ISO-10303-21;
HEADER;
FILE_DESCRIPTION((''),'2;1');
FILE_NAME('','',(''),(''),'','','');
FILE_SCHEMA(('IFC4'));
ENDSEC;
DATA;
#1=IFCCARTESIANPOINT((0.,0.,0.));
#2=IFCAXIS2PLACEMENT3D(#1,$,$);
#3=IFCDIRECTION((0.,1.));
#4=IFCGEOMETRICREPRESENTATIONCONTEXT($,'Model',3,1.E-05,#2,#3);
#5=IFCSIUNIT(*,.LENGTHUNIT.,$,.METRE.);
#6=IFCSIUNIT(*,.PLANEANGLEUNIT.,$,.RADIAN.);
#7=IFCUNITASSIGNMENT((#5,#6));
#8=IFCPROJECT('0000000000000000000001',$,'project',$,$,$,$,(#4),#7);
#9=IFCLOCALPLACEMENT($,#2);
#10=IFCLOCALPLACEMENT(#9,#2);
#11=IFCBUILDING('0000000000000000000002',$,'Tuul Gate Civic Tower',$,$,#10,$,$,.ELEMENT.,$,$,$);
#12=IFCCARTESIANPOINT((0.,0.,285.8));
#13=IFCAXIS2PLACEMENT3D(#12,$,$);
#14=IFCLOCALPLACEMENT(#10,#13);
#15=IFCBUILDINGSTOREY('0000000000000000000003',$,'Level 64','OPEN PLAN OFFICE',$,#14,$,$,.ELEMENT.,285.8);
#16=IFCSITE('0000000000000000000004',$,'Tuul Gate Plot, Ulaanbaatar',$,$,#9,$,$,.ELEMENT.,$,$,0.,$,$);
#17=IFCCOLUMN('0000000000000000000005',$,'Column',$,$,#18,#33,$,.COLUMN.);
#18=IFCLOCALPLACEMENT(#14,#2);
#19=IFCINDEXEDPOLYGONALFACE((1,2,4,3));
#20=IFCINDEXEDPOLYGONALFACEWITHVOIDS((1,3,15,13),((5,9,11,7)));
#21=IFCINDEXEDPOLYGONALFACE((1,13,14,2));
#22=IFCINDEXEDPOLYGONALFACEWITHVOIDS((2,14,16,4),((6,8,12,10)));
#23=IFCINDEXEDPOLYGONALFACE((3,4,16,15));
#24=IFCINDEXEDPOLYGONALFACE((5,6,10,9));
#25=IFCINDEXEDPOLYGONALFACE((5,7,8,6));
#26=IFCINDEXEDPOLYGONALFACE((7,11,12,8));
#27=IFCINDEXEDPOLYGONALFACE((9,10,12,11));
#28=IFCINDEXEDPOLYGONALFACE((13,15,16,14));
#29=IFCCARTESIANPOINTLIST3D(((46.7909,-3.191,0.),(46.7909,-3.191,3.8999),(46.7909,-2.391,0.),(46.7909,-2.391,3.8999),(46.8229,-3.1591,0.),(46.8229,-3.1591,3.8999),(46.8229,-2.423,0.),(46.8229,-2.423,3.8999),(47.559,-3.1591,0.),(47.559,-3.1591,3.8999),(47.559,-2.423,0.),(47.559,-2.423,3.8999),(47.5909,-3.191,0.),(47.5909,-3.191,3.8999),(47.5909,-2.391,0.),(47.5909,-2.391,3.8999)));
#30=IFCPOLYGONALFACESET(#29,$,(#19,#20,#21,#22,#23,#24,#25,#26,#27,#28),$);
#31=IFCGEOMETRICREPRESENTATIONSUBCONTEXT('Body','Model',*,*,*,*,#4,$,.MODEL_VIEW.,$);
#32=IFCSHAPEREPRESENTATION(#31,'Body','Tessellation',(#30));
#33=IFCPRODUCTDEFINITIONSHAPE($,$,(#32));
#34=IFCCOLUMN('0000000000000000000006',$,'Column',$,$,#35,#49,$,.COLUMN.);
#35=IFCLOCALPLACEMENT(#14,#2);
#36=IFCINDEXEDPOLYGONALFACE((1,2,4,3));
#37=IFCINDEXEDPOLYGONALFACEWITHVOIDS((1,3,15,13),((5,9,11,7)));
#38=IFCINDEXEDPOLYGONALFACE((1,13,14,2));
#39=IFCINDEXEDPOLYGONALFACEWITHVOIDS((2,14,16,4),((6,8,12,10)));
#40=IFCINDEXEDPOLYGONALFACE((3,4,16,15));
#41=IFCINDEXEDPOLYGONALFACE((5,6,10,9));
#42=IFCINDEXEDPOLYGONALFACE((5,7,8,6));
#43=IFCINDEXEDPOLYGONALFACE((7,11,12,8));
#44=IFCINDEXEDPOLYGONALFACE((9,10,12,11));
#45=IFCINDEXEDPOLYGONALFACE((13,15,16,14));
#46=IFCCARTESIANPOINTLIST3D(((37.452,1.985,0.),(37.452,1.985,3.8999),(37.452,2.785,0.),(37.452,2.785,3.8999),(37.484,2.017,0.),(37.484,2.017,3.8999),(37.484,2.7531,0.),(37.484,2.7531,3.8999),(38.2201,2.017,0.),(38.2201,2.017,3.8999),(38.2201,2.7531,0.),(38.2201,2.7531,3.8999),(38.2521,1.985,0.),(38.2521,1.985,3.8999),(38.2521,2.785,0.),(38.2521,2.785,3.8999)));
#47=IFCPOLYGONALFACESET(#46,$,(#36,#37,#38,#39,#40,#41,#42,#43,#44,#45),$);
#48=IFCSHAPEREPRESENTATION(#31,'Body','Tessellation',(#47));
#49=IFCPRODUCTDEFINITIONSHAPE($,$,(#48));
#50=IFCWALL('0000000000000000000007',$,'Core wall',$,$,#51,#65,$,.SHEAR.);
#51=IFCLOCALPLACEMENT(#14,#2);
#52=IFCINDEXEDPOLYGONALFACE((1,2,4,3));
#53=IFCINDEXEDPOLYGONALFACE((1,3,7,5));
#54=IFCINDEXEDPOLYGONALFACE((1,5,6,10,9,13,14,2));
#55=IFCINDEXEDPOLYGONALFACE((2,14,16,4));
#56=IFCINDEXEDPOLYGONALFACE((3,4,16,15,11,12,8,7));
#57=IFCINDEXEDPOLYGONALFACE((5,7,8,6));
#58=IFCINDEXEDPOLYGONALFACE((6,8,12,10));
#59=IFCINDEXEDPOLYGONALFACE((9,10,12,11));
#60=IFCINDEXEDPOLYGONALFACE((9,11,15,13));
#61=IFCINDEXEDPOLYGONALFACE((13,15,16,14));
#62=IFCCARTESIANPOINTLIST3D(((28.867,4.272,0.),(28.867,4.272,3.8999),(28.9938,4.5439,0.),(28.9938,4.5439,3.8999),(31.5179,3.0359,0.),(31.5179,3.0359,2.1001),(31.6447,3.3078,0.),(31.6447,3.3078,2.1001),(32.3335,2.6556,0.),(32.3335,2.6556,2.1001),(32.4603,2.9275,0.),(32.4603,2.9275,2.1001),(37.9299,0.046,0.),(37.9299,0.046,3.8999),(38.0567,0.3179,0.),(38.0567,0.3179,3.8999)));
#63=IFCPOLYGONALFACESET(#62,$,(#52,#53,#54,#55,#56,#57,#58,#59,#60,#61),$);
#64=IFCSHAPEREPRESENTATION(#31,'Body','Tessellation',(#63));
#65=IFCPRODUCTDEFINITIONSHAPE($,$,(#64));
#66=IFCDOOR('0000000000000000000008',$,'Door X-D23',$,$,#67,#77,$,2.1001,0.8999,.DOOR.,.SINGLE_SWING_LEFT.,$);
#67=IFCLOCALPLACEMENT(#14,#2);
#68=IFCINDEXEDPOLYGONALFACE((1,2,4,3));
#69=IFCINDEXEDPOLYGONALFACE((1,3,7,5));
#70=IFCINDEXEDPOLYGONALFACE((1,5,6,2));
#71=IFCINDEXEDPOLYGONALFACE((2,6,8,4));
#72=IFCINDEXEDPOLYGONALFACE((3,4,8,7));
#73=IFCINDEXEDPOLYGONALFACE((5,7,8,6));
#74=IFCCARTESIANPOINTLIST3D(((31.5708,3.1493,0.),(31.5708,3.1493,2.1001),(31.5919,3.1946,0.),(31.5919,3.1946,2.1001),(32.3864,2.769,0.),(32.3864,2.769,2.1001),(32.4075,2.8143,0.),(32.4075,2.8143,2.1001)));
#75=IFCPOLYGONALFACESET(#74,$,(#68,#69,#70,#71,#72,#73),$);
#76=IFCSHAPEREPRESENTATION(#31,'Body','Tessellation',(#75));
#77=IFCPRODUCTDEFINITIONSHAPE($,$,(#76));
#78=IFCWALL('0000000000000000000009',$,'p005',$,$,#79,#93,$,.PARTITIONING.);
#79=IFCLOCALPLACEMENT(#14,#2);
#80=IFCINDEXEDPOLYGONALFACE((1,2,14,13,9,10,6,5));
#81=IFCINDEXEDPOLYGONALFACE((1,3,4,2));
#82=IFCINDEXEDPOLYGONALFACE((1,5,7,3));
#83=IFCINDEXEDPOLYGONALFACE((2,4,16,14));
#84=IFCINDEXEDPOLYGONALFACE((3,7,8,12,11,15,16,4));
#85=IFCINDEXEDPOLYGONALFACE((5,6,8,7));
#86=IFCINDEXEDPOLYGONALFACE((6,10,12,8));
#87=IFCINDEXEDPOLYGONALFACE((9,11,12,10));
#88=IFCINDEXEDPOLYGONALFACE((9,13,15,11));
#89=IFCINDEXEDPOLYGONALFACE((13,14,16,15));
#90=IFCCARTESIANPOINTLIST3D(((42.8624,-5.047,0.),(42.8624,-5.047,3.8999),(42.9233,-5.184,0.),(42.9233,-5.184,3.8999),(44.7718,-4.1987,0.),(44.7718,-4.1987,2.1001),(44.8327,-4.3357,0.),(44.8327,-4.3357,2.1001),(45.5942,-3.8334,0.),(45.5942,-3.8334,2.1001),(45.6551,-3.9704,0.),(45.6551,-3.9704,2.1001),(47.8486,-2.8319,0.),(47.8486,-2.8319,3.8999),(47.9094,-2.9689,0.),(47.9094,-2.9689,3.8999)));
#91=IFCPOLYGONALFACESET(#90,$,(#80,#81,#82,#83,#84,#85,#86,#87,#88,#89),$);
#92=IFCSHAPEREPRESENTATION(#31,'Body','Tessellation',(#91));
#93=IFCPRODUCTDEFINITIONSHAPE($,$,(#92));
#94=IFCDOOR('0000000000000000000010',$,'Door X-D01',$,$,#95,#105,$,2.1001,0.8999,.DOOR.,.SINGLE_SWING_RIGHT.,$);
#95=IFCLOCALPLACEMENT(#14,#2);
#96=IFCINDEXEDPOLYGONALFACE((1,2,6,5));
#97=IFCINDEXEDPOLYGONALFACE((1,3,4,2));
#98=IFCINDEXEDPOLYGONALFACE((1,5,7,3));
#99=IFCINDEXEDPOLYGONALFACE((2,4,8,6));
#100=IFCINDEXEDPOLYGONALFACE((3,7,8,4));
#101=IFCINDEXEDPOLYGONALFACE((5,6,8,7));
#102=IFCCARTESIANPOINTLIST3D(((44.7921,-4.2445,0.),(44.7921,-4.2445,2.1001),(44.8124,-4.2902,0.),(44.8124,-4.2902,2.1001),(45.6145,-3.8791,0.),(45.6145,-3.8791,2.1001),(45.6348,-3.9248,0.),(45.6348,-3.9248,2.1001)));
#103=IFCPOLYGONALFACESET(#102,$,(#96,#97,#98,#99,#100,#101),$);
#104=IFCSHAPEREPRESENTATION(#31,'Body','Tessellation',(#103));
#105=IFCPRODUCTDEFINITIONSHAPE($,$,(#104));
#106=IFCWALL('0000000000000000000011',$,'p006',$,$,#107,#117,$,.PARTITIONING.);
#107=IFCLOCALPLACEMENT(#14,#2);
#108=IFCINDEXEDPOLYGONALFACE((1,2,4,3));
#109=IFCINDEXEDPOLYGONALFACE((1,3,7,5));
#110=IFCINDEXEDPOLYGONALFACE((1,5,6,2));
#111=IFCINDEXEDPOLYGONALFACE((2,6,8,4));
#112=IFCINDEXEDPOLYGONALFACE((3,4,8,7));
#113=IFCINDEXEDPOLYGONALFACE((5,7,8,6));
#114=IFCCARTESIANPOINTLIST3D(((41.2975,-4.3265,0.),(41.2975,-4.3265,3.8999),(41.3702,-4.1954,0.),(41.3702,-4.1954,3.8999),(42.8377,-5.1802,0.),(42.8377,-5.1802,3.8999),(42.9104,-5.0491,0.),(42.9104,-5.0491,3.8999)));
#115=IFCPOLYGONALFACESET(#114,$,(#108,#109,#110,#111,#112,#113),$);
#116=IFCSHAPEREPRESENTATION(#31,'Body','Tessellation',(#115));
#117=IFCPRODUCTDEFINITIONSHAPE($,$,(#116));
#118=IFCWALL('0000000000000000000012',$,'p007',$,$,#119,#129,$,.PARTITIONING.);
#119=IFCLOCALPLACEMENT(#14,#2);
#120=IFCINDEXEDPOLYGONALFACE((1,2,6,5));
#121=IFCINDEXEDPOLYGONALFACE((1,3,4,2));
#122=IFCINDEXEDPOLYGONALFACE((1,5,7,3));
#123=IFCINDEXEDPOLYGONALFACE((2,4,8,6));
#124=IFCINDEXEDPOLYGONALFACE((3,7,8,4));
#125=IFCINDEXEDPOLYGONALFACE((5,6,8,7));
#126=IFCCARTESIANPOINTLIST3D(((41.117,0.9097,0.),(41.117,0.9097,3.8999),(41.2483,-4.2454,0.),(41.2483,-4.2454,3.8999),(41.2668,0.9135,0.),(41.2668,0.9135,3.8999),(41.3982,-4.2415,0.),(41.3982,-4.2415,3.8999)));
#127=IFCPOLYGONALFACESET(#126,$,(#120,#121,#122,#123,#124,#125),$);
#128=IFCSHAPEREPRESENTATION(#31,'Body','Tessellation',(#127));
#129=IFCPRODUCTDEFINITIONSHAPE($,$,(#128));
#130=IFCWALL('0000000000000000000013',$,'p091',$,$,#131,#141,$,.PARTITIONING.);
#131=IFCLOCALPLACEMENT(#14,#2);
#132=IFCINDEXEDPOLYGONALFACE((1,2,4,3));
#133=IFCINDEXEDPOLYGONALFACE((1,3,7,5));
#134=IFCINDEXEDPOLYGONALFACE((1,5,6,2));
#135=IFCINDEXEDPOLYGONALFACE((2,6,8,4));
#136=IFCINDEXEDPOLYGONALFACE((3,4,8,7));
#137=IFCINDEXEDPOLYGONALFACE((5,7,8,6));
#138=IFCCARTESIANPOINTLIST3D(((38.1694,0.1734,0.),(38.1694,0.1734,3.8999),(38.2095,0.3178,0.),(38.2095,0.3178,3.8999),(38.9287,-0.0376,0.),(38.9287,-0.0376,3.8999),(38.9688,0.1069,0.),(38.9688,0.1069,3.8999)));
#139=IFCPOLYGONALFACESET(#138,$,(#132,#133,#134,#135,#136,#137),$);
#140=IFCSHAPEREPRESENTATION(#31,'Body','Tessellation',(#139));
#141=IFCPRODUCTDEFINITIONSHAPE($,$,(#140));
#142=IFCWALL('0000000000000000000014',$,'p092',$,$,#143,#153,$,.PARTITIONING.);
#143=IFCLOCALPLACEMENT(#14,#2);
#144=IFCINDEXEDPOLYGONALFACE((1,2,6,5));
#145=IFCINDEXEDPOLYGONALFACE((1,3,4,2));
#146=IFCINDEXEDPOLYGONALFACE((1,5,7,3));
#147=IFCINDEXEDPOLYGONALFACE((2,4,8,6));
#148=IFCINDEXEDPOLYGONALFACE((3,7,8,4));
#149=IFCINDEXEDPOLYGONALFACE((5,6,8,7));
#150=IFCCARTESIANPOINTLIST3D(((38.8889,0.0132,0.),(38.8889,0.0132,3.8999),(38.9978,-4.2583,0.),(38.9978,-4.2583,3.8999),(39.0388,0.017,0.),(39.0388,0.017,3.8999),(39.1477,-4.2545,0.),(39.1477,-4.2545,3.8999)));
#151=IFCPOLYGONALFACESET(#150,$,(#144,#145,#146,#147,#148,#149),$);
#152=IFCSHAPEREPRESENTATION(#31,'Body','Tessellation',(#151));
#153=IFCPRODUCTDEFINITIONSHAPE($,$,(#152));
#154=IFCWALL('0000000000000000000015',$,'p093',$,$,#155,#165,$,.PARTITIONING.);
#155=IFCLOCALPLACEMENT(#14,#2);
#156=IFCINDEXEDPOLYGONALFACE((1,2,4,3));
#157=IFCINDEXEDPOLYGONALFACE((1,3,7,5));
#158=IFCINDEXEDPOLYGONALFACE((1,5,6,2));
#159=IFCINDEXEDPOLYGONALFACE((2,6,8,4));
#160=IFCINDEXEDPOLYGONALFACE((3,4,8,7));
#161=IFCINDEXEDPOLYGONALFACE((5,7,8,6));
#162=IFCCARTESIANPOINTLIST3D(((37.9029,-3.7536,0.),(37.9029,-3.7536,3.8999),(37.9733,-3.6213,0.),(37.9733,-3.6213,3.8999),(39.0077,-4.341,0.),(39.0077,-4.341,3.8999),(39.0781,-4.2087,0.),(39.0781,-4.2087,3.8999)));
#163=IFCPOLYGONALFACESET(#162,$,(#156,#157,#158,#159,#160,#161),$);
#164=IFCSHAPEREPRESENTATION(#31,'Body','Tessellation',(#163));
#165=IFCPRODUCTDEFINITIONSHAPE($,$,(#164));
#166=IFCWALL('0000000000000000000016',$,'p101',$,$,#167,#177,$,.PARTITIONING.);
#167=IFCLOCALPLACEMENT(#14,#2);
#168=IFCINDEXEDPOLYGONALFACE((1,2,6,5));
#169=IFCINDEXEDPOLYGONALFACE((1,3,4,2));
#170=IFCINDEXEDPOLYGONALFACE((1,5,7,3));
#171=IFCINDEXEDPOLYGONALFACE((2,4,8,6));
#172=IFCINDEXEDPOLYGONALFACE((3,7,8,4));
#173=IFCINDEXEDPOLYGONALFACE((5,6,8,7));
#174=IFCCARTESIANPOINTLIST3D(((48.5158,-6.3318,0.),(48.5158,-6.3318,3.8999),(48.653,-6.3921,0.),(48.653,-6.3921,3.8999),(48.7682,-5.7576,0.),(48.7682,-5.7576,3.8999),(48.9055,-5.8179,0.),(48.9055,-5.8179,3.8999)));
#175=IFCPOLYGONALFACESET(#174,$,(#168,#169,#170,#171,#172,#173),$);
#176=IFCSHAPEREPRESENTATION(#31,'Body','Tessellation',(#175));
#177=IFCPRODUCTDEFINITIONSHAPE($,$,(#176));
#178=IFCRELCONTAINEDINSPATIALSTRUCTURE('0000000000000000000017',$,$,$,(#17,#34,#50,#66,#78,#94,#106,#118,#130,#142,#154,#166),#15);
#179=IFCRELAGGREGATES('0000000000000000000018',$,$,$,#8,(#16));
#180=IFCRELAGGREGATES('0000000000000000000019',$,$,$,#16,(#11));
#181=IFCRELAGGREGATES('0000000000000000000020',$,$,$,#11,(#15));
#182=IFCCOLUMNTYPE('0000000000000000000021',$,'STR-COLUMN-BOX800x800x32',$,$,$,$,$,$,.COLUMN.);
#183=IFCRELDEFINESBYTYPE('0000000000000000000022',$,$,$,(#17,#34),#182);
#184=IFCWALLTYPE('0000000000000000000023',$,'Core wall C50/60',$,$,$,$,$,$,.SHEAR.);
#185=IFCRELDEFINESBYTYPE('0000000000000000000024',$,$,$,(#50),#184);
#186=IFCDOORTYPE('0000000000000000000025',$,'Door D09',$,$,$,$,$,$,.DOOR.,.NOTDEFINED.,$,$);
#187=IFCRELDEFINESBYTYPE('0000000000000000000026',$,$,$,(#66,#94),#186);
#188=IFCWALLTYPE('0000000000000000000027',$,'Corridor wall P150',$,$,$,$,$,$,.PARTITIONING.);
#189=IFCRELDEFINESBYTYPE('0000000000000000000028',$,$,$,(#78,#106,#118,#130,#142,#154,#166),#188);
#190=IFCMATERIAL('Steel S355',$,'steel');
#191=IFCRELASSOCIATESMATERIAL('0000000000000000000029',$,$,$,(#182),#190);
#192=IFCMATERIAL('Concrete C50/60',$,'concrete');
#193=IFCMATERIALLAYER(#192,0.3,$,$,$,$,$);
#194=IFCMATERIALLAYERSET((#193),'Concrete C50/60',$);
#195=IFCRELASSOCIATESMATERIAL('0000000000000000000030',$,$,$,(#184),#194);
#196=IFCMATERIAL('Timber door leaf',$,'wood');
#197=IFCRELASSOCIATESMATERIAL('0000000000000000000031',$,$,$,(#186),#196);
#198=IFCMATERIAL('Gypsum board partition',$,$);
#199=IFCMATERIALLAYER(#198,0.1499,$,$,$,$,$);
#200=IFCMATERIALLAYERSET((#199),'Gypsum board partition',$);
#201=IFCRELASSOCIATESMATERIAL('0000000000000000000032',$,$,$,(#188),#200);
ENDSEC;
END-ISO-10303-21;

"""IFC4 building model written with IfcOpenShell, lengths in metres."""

from ifc_helpers import new_model, si_unit, direction, frame, frame_2d, origin, origin_2d, place, context, subcontext, project, spatial, rectangle, hollow_rectangle, extrude, material, layer, layer_set, material_profile, profile_set, type_object, element, fill, save


model = new_model("IFC4")

# Units and contexts
model_context = context("Model", 3, precision=1e-05, world=origin(), true_north=direction((0.0, 1.0)))
body_context = subcontext(model_context, "Body", "Model", "MODEL_VIEW")
ifc_project = project(units=[si_unit("LENGTHUNIT", "METRE"), si_unit("PLANEANGLEUNIT", "RADIAN")], contexts=[model_context])

# Site, building, storey
site_placement = place(None, origin())
site = spatial("IfcSite", under=ifc_project, at=site_placement, Name="Tuul Gate Plot, Ulaanbaatar", CompositionType="ELEMENT", RefElevation=0.0)
building_placement = place(site_placement, origin())
building = spatial("IfcBuilding", under=site, at=building_placement, Name="Tuul Gate Civic Tower", CompositionType="ELEMENT")
storey_placement = place(building_placement, frame((0.0, 0.0, 285.8)))
storey = spatial("IfcBuildingStorey", under=building, at=storey_placement, Name="Level 64", Description="OPEN PLAN OFFICE", CompositionType="ELEMENT", Elevation=285.8)

# Columns
ifc_material_1 = material(Name="Steel S355", Category="steel")
ifc_material_profile_1 = material_profile(ifc_material_1, hollow_rectangle(XDim=0.8, YDim=0.8, WallThickness=0.032, at=origin_2d()), Name="BOX800x800x32")
ifc_profile_set_1 = profile_set([ifc_material_profile_1], Name="Steel S355")
column_type = type_object("IfcColumnType", Name="STR-COLUMN-BOX800x800x32", PredefinedType="COLUMN", material=ifc_profile_set_1)
for number, where, z_axis, x_axis, name in (
    (1, (47.1909, -2.791, 0.0), (0.0, 0.0, 1.0), (1.0, 0.0, 0.0), "Column"),
    (2, (37.8521, 2.385, 0.0), (0.0, 0.0, 1.0), (1.0, 0.0, 0.0), "Column"),
):
    element("IfcColumn", number, at=place(storey_placement, frame(where, z_axis=z_axis, x_axis=x_axis)), inside=storey, type_object=column_type, Name=name, PredefinedType="COLUMN", context=body_context, shape_type="SweptSolid", body=[
        extrude(hollow_rectangle(XDim=0.8, YDim=0.8, WallThickness=0.032, at=origin_2d()), origin(), (0.0, 0.0, 1.0), 3.8999),
    ])

# Walls, openings, doors
ifc_material_2 = material(Name="Concrete C50/60", Category="concrete")
ifc_layer_1 = layer(ifc_material_2, 0.3)
ifc_layer_set_1 = layer_set([ifc_layer_1], Name="Concrete C50/60")
wall_type_1 = type_object("IfcWallType", Name="Core wall C50/60", PredefinedType="SHEAR", material=ifc_layer_set_1)
wall_1_placement = place(storey_placement, frame((37.9934, 0.1819, 0.0), z_axis=(0.0, 0.0, 1.0), x_axis=(-0.90631, 0.422613, 0.0)))
wall_1 = element("IfcWall", 3, at=wall_1_placement, inside=storey, type_object=wall_type_1, Name="Core wall", PredefinedType="SHEAR", context=body_context, shape_type="SweptSolid", body=[
    extrude(rectangle(XDim=9.9998, YDim=0.3, at=frame_2d((5.0, 0.0))), origin(), (0.0, 0.0, 1.0), 3.8999),
])
opening_1_placement = place(wall_1_placement, frame((6.175, 0.0, 0.0)))
opening_1 = element("IfcOpeningElement", 4, at=opening_1_placement, cuts=wall_1, PredefinedType="OPENING", context=body_context, shape_type="SweptSolid", body=[
    extrude(rectangle(XDim=0.8999, YDim=2.1001, at=frame_2d((0.45, 1.05))), frame((0.0, 0.1602, 0.0), z_axis=(0.0, -1.0, 0.0), x_axis=(1.0, 0.0, 0.0)), (0.0, 0.0, 1.0), 0.3201),
])
ifc_material_3 = material(Name="Timber door leaf", Category="wood")
door_type = type_object("IfcDoorType", Name="Door D09", OperationType="NOTDEFINED", PredefinedType="DOOR", material=ifc_material_3)
door_1_placement = place(opening_1_placement, origin())
door_1 = element("IfcDoor", 5, at=door_1_placement, inside=storey, type_object=door_type, Name="Door X-D23", OperationType="SINGLE_SWING_LEFT", OverallHeight=2.1001, OverallWidth=0.8999, PredefinedType="DOOR", context=body_context, shape_type="SweptSolid", body=[
    extrude(rectangle(XDim=0.8999, YDim=2.1001, at=frame_2d((0.45, 1.05))), frame((0.0, 0.0249, 0.0), z_axis=(0.0, -1.0, 0.0), x_axis=(1.0, 0.0, 0.0)), (0.0, 0.0, 1.0), 0.05),
])
fill(opening_1, door_1)
ifc_material_4 = material(Name="Gypsum board partition")
ifc_layer_2 = layer(ifc_material_4, 0.1499)
ifc_layer_set_2 = layer_set([ifc_layer_2], Name="Gypsum board partition")
wall_type_2 = type_object("IfcWallType", Name="Corridor wall P150", PredefinedType="PARTITIONING", material=ifc_layer_set_2)
wall_2_placement = place(storey_placement, frame((42.8928, -5.1155, 0.0), z_axis=(0.0, 0.0, 1.0), x_axis=(0.913876, 0.405993, 0.0)))
wall_2 = element("IfcWall", 6, at=wall_2_placement, inside=storey, type_object=wall_type_2, Name="p005", PredefinedType="PARTITIONING", context=body_context, shape_type="SweptSolid", body=[
    extrude(rectangle(XDim=5.4561, YDim=0.1499, at=frame_2d((2.728, 0.0))), origin(), (0.0, 0.0, 1.0), 3.8999),
])
opening_2_placement = place(wall_2_placement, frame((2.0894, 0.0, 0.0)))
opening_2 = element("IfcOpeningElement", 7, at=opening_2_placement, cuts=wall_2, PredefinedType="OPENING", context=body_context, shape_type="SweptSolid", body=[
    extrude(rectangle(XDim=0.8999, YDim=2.1001, at=frame_2d((0.45, 1.05))), frame((0.0, 0.085, 0.0), z_axis=(0.0, -1.0, 0.0), x_axis=(1.0, 0.0, 0.0)), (0.0, 0.0, 1.0), 0.1699),
])
door_2_placement = place(opening_2_placement, origin())
door_2 = element("IfcDoor", 8, at=door_2_placement, inside=storey, type_object=door_type, Name="Door X-D01", OperationType="SINGLE_SWING_RIGHT", OverallHeight=2.1001, OverallWidth=0.8999, PredefinedType="DOOR", context=body_context, shape_type="SweptSolid", body=[
    extrude(rectangle(XDim=0.8999, YDim=2.1001, at=frame_2d((0.45, 1.05))), frame((0.0, 0.0249, 0.0), z_axis=(0.0, -1.0, 0.0), x_axis=(1.0, 0.0, 0.0)), (0.0, 0.0, 1.0), 0.05),
])
fill(opening_2, door_2)

# Walls
wall_3_placement = place(storey_placement, frame((41.334, -4.261, 0.0), z_axis=(0.0, 0.0, 1.0), x_axis=(0.874628, -0.484795, 0.0)))
element("IfcWall", 9, at=wall_3_placement, inside=storey, type_object=wall_type_2, Name="p006", PredefinedType="PARTITIONING", context=body_context, shape_type="SweptSolid", body=[
    extrude(rectangle(XDim=1.761, YDim=0.1499, at=frame_2d((0.8804, 0.0))), origin(), (0.0, 0.0, 1.0), 3.8999),
])
wall_4_placement = place(storey_placement, frame((41.1919, 0.9116, 0.0), z_axis=(0.0, 0.0, 1.0), x_axis=(0.025471, -0.999676, 0.0)))
element("IfcWall", 10, at=wall_4_placement, inside=storey, type_object=wall_type_2, Name="p007", PredefinedType="PARTITIONING", context=body_context, shape_type="SweptSolid", body=[
    extrude(rectangle(XDim=5.1567, YDim=0.1499, at=frame_2d((2.5784, 0.0))), origin(), (0.0, 0.0, 1.0), 3.8999),
])
wall_5_placement = place(storey_placement, frame((38.1895, 0.2456, 0.0), z_axis=(0.0, 0.0, 1.0), x_axis=(0.963509, -0.267676, 0.0)))
element("IfcWall", 11, at=wall_5_placement, inside=storey, type_object=wall_type_2, Name="p091", PredefinedType="PARTITIONING", context=body_context, shape_type="SweptSolid", body=[
    extrude(rectangle(XDim=0.7881, YDim=0.1499, at=frame_2d((0.394, 0.0))), origin(), (0.0, 0.0, 1.0), 3.8999),
])
wall_6_placement = place(storey_placement, frame((38.9639, 0.0151, 0.0), z_axis=(0.0, 0.0, 1.0), x_axis=(0.025483, -0.999675, 0.0)))
element("IfcWall", 12, at=wall_6_placement, inside=storey, type_object=wall_type_2, Name="p092", PredefinedType="PARTITIONING", context=body_context, shape_type="SweptSolid", body=[
    extrude(rectangle(XDim=4.2729, YDim=0.1499, at=frame_2d((2.1365, 0.0))), origin(), (0.0, 0.0, 1.0), 3.8999),
])
wall_7_placement = place(storey_placement, frame((37.9382, -3.6875, 0.0), z_axis=(0.0, 0.0, 1.0), x_axis=(0.882946, -0.469474, 0.0)))
element("IfcWall", 13, at=wall_7_placement, inside=storey, type_object=wall_type_2, Name="p093", PredefinedType="PARTITIONING", context=body_context, shape_type="SweptSolid", body=[
    extrude(rectangle(XDim=1.2512, YDim=0.1499, at=frame_2d((0.6255, 0.0))), origin(), (0.0, 0.0, 1.0), 3.8999),
])
wall_8_placement = place(storey_placement, frame((48.5845, -6.3618, 0.0), z_axis=(0.0, 0.0, 1.0), x_axis=(0.402452, 0.915441, 0.0)))
element("IfcWall", 14, at=wall_8_placement, inside=storey, type_object=wall_type_2, Name="p101", PredefinedType="PARTITIONING", context=body_context, shape_type="SweptSolid", body=[
    extrude(rectangle(XDim=0.6272, YDim=0.1499, at=frame_2d((0.3135, 0.0))), origin(), (0.0, 0.0, 1.0), 3.8999),
])

save(model, "model.ifc")
